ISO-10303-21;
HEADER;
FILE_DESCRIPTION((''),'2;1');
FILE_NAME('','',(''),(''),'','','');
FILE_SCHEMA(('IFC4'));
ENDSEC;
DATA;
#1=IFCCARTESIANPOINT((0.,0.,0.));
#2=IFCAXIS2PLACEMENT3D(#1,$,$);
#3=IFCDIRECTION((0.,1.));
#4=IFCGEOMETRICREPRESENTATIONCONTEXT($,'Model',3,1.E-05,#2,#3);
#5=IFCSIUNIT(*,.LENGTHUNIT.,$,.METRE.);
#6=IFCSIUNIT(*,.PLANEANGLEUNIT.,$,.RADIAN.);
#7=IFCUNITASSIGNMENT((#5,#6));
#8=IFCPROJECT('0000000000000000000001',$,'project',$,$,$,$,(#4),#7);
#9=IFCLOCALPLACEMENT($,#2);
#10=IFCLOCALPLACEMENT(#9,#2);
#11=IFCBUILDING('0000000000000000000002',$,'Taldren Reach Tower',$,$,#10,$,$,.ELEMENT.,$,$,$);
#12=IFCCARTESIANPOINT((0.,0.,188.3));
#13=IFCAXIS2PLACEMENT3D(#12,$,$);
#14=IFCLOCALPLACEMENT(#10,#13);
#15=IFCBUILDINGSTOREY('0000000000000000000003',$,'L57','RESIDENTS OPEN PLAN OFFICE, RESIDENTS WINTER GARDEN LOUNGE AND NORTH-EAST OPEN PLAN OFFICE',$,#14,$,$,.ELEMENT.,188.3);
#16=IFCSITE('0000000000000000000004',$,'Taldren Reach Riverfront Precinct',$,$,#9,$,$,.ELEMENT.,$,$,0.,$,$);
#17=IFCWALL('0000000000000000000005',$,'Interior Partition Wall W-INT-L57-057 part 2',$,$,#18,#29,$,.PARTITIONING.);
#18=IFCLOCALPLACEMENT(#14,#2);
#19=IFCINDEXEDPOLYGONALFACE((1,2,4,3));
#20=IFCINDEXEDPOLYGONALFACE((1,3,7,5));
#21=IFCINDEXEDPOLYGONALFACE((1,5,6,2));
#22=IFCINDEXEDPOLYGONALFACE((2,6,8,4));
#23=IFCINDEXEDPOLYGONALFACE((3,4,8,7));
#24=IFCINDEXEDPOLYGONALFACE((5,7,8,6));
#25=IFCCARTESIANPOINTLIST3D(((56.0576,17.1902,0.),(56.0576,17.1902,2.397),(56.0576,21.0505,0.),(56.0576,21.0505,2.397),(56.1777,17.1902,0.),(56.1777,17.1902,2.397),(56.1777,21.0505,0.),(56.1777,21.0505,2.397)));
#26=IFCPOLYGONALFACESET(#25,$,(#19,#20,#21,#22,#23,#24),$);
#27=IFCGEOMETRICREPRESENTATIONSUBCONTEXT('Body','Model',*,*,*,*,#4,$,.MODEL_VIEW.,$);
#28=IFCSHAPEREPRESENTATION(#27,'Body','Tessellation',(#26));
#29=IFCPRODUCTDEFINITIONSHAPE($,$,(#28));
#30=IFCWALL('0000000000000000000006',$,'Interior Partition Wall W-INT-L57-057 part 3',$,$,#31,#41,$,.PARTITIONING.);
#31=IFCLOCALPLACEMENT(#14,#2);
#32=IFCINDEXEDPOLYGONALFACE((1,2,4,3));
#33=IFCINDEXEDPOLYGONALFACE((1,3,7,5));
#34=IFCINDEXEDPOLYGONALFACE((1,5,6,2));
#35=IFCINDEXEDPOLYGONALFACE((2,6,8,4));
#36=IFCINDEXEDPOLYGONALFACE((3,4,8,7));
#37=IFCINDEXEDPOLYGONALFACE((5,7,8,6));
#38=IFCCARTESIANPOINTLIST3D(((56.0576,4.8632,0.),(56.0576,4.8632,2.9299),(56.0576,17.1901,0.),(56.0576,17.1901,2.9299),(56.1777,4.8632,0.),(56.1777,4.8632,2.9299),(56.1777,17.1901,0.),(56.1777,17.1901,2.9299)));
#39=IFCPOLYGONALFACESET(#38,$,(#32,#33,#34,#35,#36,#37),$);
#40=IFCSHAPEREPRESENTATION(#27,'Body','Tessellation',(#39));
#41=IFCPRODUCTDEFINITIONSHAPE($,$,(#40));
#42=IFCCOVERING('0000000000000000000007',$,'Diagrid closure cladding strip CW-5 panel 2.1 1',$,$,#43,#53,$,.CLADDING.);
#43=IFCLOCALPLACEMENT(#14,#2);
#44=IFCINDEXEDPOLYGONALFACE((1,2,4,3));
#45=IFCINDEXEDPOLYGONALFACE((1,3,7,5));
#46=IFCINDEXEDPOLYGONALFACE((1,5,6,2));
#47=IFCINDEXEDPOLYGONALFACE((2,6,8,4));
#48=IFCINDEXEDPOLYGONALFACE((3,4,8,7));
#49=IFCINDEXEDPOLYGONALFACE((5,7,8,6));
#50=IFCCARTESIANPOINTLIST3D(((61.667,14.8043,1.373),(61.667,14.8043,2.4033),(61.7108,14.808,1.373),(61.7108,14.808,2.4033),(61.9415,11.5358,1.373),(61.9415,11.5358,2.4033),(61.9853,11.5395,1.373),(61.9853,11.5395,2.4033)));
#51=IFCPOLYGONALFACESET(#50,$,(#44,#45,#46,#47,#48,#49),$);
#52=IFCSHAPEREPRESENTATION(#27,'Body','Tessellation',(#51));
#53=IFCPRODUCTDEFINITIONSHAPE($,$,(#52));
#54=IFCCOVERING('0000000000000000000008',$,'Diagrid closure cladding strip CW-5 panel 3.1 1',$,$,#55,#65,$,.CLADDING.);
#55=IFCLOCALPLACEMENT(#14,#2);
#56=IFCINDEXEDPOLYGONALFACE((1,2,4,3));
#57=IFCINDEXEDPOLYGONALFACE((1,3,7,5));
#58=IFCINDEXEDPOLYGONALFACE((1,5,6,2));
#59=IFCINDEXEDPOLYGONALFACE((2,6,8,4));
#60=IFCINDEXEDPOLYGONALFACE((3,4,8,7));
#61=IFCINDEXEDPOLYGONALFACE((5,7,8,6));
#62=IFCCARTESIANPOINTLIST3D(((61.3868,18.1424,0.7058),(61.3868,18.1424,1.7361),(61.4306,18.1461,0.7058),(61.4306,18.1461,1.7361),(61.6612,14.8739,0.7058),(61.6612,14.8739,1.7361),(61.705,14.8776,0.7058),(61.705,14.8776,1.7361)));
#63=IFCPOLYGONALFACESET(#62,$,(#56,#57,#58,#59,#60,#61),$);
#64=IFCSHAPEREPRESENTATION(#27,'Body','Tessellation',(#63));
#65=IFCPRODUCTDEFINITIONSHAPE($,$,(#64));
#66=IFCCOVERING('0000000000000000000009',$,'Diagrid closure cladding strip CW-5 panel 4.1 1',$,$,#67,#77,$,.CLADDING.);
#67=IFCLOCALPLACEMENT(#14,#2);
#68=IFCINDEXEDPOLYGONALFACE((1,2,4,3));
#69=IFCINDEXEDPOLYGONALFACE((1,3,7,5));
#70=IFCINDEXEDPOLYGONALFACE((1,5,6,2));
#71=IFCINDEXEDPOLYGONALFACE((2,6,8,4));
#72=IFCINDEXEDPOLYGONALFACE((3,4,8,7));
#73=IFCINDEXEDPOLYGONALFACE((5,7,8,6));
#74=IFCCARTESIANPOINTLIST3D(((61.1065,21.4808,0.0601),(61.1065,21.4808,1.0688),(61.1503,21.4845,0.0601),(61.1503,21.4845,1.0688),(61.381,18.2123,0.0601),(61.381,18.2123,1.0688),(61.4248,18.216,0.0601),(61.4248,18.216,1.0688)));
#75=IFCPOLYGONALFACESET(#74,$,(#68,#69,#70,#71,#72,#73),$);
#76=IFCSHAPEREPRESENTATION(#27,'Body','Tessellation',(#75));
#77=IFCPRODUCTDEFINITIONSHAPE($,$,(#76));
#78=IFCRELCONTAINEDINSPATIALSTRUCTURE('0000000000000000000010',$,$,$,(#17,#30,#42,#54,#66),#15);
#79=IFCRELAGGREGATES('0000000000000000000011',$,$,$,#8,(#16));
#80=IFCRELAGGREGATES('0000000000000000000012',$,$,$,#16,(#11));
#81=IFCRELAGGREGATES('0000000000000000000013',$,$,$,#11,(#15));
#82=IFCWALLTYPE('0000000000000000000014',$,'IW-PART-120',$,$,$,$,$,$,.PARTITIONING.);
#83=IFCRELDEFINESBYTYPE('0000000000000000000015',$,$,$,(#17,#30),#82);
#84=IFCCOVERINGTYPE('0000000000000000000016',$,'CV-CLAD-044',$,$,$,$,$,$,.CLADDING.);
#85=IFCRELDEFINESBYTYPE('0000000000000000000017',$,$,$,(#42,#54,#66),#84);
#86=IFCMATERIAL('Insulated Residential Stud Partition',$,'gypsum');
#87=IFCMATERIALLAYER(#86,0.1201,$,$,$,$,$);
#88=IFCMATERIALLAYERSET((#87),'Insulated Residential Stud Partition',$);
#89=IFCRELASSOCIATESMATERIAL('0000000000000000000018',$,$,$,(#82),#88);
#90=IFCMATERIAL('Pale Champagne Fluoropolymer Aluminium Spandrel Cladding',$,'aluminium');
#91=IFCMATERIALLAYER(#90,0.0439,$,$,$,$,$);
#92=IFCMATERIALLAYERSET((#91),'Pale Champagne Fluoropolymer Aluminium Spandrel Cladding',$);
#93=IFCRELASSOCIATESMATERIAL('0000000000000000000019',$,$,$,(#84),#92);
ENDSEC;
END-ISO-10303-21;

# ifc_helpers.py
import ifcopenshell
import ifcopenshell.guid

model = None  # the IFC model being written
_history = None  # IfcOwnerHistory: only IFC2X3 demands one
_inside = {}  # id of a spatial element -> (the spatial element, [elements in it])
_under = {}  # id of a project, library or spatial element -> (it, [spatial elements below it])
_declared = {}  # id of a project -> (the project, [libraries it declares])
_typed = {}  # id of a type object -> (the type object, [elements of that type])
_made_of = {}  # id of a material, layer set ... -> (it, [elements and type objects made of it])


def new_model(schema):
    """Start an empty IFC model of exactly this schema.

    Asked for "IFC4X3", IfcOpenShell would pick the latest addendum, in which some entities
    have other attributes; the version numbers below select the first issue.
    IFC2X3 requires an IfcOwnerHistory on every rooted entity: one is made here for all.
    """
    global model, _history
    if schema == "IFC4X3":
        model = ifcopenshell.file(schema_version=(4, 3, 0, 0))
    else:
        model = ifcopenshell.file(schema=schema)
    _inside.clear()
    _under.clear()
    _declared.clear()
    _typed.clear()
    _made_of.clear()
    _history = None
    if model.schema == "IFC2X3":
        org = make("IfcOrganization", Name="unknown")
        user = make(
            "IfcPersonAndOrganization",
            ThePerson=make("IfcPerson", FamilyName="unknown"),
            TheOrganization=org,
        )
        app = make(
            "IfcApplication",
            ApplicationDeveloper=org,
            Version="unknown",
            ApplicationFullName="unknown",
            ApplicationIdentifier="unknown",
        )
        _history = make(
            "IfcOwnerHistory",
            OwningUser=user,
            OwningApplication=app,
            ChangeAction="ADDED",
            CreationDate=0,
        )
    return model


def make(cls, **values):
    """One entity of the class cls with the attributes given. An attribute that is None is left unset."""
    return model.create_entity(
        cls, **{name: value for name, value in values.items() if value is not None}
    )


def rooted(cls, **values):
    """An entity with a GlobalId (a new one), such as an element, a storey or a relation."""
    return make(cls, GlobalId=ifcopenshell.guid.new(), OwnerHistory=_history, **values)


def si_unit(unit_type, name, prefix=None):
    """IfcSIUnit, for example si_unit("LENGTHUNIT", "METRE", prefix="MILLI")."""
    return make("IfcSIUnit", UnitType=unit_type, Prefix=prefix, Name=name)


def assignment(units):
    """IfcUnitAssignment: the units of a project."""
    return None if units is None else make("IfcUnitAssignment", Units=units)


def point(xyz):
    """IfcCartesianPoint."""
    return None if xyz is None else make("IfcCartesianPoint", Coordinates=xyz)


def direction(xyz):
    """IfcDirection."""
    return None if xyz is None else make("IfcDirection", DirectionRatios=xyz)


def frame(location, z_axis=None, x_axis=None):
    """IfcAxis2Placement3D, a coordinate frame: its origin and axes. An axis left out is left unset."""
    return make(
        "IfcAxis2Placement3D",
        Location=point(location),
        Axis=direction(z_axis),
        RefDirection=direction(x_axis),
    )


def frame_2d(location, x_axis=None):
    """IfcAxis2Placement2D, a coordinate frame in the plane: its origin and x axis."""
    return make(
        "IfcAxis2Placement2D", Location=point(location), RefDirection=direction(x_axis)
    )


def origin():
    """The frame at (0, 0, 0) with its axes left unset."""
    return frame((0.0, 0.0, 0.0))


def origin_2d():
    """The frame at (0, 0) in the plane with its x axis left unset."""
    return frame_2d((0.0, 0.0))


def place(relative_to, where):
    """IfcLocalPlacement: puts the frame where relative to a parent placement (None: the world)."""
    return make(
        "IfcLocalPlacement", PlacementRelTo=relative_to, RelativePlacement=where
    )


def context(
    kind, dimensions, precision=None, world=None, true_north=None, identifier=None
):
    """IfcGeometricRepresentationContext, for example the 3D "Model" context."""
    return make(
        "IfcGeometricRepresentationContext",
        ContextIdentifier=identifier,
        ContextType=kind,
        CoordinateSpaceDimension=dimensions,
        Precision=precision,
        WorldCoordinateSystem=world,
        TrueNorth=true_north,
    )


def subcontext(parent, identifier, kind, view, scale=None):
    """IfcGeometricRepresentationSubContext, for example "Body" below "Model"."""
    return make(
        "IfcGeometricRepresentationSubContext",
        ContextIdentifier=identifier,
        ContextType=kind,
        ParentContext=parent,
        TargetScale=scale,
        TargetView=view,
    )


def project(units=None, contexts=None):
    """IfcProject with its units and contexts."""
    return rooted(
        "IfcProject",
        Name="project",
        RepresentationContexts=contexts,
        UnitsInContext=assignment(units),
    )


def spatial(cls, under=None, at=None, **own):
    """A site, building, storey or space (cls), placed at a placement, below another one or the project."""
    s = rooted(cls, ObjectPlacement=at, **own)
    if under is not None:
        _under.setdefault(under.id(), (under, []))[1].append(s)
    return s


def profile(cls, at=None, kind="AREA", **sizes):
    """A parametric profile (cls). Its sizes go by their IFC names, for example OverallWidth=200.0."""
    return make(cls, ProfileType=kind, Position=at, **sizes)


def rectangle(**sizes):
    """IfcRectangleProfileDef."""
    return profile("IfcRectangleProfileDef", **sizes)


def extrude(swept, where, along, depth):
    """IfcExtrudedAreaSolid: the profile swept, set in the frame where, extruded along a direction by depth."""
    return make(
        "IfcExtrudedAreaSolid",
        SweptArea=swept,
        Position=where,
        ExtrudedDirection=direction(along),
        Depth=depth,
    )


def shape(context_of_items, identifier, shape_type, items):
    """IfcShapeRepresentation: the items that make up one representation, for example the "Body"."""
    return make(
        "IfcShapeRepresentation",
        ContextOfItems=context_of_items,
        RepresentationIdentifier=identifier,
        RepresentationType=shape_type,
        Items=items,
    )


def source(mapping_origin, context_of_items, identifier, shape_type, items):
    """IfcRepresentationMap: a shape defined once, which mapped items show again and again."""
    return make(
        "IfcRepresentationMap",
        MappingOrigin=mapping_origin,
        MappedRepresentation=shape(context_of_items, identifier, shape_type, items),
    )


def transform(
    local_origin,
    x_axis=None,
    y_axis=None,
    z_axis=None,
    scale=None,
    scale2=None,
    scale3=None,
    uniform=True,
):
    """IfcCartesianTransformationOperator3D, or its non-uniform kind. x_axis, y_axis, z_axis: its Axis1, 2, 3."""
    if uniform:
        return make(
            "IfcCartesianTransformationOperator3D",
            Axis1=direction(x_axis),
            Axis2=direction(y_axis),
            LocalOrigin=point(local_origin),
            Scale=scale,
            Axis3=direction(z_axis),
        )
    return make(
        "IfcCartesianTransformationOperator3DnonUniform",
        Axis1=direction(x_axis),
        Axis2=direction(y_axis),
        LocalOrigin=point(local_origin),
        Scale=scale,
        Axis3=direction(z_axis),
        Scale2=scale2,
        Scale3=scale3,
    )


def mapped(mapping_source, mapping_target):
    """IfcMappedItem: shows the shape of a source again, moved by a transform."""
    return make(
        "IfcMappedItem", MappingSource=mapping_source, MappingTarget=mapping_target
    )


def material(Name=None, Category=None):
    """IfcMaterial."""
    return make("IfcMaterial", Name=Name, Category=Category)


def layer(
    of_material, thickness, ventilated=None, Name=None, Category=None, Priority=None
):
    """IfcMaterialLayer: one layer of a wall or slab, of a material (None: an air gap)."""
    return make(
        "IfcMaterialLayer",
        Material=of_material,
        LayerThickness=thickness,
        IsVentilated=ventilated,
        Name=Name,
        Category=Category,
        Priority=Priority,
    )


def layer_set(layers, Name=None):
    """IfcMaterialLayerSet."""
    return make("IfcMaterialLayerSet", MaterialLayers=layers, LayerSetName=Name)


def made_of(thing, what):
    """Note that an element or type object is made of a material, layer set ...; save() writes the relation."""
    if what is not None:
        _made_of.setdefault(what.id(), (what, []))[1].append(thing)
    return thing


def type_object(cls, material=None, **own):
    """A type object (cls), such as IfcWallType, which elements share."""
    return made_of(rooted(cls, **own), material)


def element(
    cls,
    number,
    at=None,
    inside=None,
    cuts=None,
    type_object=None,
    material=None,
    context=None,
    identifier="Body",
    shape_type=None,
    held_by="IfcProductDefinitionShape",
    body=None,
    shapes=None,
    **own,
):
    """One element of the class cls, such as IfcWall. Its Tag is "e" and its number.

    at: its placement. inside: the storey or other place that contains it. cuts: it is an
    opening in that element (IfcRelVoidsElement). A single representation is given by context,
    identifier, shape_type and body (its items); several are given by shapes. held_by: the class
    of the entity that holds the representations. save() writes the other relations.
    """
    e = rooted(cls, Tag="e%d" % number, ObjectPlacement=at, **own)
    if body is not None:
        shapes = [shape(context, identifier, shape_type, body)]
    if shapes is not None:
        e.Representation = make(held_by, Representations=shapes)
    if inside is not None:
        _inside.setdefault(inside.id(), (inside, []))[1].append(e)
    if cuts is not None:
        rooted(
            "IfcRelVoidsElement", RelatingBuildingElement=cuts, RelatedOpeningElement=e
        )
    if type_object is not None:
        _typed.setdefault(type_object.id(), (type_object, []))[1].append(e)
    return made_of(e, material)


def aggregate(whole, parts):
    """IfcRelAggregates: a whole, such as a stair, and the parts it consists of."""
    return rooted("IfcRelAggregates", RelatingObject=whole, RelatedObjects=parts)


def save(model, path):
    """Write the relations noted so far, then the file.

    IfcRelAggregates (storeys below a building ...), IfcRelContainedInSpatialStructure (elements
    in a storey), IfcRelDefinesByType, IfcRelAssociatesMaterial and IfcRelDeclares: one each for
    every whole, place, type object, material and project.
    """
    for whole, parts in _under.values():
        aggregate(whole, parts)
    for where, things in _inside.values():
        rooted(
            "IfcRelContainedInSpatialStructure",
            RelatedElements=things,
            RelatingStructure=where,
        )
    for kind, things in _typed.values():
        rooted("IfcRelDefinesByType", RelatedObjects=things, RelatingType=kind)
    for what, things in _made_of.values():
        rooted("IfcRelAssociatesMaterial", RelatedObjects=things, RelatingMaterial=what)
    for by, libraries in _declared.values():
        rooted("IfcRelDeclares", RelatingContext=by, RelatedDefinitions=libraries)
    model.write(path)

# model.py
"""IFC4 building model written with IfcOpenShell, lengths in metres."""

from ifc_helpers import new_model, si_unit, direction, frame, frame_2d, origin, origin_2d, place, context, subcontext, project, spatial, rectangle, extrude, source, transform, mapped, material, layer, layer_set, type_object, element, save


model = new_model("IFC4")

# Units and contexts
model_context = context("Model", 3, precision=1e-05, world=origin(), true_north=direction((0.0, 1.0)))
body_context = subcontext(model_context, "Body", "Model", "MODEL_VIEW")
ifc_project = project(units=[si_unit("LENGTHUNIT", "METRE"), si_unit("PLANEANGLEUNIT", "RADIAN")], contexts=[model_context])

# Site, building, storey
site_placement = place(None, origin())
site = spatial("IfcSite", under=ifc_project, at=site_placement, Name="Taldren Reach Riverfront Precinct", CompositionType="ELEMENT", RefElevation=0.0)
building_placement = place(site_placement, origin())
building = spatial("IfcBuilding", under=site, at=building_placement, Name="Taldren Reach Tower", CompositionType="ELEMENT")
storey_placement = place(building_placement, frame((0.0, 0.0, 188.3)))
storey = spatial("IfcBuildingStorey", under=building, at=storey_placement, Name="L57", Description="RESIDENTS OPEN PLAN OFFICE, RESIDENTS WINTER GARDEN LOUNGE AND NORTH-EAST OPEN PLAN OFFICE", CompositionType="ELEMENT", Elevation=188.3)

# Walls
ifc_material_1 = material(Name="Insulated Residential Stud Partition", Category="gypsum")
ifc_layer_1 = layer(ifc_material_1, 0.1201)
ifc_layer_set_1 = layer_set([ifc_layer_1], Name="Insulated Residential Stud Partition")
wall_type_1 = type_object("IfcWallType", Name="IW-PART-120", PredefinedType="PARTITIONING", material=ifc_layer_set_1)
shared_shape_1 = source(origin(), body_context, "Body", "SweptSolid", [
    extrude(rectangle(XDim=3.8604, YDim=0.1201, at=frame_2d((1.9302, 0.0))), origin(), (0.0, 0.0, 1.0), 2.397),
])
wall_1_placement = place(storey_placement, frame((56.1177, 21.0505, 0.0), z_axis=(0.0, 0.0, 1.0), x_axis=(0.0, -1.0, 0.0)))
element("IfcWall", 1, at=wall_1_placement, inside=storey, type_object=wall_type_1, Name="Interior Partition Wall W-INT-L57-057 part 2", PredefinedType="PARTITIONING", context=body_context, shape_type="MappedRepresentation", body=[
    mapped(shared_shape_1, transform((0.0, 0.0, 0.0), scale=1.0)),
])
shared_shape_2 = source(origin(), body_context, "Body", "SweptSolid", [
    extrude(rectangle(XDim=12.3269, YDim=0.1201, at=frame_2d((6.1636, 0.0))), origin(), (0.0, 0.0, 1.0), 2.9299),
])
wall_2_placement = place(storey_placement, frame((56.1177, 17.1902, 0.0), z_axis=(0.0, 0.0, 1.0), x_axis=(0.0, -1.0, 0.0)))
element("IfcWall", 2, at=wall_2_placement, inside=storey, type_object=wall_type_1, Name="Interior Partition Wall W-INT-L57-057 part 3", PredefinedType="PARTITIONING", context=body_context, shape_type="MappedRepresentation", body=[
    mapped(shared_shape_2, transform((0.0, 0.0, 0.0), scale=1.0)),
])

# Coverings
ifc_material_2 = material(Name="Pale Champagne Fluoropolymer Aluminium Spandrel Cladding", Category="aluminium")
ifc_layer_2 = layer(ifc_material_2, 0.0439)
ifc_layer_set_2 = layer_set([ifc_layer_2], Name="Pale Champagne Fluoropolymer Aluminium Spandrel Cladding")
covering_type = type_object("IfcCoveringType", Name="CV-CLAD-044", PredefinedType="CLADDING", material=ifc_layer_set_2)
shared_shape_3 = source(origin(), body_context, "Body", "SweptSolid", [
    extrude(rectangle(XDim=3.28, YDim=0.0439, at=origin_2d()), origin(), (0.0, 0.0, 1.0), 1.0303),
])
for number, where, z_axis, x_axis, name in (
    (3, (61.8262, 13.1719, 1.373), (0.0, 0.0, 1.0), (-0.083678, 0.996493, 0.0), "Diagrid closure cladding strip CW-5 panel 2.1 1"),
    (4, (61.5459, 16.51, 0.7058), (0.0, 0.0, 1.0), (-0.083678, 0.996493, 0.0), "Diagrid closure cladding strip CW-5 panel 3.1 1"),
):
    element("IfcCovering", number, at=place(storey_placement, frame(where, z_axis=z_axis, x_axis=x_axis)), inside=storey, type_object=covering_type, Name=name, PredefinedType="CLADDING", context=body_context, shape_type="MappedRepresentation", body=[
        mapped(shared_shape_3, transform((0.0, 0.0, 0.0), scale=1.0)),
    ])
shared_shape_4 = source(origin(), body_context, "Body", "SweptSolid", [
    extrude(rectangle(XDim=3.28, YDim=0.0439, at=origin_2d()), origin(), (0.0, 0.0, 1.0), 1.0088),
])
covering_placement = place(storey_placement, frame((61.2656, 19.8484, 0.0601), z_axis=(0.0, 0.0, 1.0), x_axis=(-0.083678, 0.996493, 0.0)))
element("IfcCovering", 5, at=covering_placement, inside=storey, type_object=covering_type, Name="Diagrid closure cladding strip CW-5 panel 4.1 1", PredefinedType="CLADDING", context=body_context, shape_type="MappedRepresentation", body=[
    mapped(shared_shape_4, transform((0.0, 0.0, 0.0), scale=1.0)),
])

save(model, "model.ifc")
